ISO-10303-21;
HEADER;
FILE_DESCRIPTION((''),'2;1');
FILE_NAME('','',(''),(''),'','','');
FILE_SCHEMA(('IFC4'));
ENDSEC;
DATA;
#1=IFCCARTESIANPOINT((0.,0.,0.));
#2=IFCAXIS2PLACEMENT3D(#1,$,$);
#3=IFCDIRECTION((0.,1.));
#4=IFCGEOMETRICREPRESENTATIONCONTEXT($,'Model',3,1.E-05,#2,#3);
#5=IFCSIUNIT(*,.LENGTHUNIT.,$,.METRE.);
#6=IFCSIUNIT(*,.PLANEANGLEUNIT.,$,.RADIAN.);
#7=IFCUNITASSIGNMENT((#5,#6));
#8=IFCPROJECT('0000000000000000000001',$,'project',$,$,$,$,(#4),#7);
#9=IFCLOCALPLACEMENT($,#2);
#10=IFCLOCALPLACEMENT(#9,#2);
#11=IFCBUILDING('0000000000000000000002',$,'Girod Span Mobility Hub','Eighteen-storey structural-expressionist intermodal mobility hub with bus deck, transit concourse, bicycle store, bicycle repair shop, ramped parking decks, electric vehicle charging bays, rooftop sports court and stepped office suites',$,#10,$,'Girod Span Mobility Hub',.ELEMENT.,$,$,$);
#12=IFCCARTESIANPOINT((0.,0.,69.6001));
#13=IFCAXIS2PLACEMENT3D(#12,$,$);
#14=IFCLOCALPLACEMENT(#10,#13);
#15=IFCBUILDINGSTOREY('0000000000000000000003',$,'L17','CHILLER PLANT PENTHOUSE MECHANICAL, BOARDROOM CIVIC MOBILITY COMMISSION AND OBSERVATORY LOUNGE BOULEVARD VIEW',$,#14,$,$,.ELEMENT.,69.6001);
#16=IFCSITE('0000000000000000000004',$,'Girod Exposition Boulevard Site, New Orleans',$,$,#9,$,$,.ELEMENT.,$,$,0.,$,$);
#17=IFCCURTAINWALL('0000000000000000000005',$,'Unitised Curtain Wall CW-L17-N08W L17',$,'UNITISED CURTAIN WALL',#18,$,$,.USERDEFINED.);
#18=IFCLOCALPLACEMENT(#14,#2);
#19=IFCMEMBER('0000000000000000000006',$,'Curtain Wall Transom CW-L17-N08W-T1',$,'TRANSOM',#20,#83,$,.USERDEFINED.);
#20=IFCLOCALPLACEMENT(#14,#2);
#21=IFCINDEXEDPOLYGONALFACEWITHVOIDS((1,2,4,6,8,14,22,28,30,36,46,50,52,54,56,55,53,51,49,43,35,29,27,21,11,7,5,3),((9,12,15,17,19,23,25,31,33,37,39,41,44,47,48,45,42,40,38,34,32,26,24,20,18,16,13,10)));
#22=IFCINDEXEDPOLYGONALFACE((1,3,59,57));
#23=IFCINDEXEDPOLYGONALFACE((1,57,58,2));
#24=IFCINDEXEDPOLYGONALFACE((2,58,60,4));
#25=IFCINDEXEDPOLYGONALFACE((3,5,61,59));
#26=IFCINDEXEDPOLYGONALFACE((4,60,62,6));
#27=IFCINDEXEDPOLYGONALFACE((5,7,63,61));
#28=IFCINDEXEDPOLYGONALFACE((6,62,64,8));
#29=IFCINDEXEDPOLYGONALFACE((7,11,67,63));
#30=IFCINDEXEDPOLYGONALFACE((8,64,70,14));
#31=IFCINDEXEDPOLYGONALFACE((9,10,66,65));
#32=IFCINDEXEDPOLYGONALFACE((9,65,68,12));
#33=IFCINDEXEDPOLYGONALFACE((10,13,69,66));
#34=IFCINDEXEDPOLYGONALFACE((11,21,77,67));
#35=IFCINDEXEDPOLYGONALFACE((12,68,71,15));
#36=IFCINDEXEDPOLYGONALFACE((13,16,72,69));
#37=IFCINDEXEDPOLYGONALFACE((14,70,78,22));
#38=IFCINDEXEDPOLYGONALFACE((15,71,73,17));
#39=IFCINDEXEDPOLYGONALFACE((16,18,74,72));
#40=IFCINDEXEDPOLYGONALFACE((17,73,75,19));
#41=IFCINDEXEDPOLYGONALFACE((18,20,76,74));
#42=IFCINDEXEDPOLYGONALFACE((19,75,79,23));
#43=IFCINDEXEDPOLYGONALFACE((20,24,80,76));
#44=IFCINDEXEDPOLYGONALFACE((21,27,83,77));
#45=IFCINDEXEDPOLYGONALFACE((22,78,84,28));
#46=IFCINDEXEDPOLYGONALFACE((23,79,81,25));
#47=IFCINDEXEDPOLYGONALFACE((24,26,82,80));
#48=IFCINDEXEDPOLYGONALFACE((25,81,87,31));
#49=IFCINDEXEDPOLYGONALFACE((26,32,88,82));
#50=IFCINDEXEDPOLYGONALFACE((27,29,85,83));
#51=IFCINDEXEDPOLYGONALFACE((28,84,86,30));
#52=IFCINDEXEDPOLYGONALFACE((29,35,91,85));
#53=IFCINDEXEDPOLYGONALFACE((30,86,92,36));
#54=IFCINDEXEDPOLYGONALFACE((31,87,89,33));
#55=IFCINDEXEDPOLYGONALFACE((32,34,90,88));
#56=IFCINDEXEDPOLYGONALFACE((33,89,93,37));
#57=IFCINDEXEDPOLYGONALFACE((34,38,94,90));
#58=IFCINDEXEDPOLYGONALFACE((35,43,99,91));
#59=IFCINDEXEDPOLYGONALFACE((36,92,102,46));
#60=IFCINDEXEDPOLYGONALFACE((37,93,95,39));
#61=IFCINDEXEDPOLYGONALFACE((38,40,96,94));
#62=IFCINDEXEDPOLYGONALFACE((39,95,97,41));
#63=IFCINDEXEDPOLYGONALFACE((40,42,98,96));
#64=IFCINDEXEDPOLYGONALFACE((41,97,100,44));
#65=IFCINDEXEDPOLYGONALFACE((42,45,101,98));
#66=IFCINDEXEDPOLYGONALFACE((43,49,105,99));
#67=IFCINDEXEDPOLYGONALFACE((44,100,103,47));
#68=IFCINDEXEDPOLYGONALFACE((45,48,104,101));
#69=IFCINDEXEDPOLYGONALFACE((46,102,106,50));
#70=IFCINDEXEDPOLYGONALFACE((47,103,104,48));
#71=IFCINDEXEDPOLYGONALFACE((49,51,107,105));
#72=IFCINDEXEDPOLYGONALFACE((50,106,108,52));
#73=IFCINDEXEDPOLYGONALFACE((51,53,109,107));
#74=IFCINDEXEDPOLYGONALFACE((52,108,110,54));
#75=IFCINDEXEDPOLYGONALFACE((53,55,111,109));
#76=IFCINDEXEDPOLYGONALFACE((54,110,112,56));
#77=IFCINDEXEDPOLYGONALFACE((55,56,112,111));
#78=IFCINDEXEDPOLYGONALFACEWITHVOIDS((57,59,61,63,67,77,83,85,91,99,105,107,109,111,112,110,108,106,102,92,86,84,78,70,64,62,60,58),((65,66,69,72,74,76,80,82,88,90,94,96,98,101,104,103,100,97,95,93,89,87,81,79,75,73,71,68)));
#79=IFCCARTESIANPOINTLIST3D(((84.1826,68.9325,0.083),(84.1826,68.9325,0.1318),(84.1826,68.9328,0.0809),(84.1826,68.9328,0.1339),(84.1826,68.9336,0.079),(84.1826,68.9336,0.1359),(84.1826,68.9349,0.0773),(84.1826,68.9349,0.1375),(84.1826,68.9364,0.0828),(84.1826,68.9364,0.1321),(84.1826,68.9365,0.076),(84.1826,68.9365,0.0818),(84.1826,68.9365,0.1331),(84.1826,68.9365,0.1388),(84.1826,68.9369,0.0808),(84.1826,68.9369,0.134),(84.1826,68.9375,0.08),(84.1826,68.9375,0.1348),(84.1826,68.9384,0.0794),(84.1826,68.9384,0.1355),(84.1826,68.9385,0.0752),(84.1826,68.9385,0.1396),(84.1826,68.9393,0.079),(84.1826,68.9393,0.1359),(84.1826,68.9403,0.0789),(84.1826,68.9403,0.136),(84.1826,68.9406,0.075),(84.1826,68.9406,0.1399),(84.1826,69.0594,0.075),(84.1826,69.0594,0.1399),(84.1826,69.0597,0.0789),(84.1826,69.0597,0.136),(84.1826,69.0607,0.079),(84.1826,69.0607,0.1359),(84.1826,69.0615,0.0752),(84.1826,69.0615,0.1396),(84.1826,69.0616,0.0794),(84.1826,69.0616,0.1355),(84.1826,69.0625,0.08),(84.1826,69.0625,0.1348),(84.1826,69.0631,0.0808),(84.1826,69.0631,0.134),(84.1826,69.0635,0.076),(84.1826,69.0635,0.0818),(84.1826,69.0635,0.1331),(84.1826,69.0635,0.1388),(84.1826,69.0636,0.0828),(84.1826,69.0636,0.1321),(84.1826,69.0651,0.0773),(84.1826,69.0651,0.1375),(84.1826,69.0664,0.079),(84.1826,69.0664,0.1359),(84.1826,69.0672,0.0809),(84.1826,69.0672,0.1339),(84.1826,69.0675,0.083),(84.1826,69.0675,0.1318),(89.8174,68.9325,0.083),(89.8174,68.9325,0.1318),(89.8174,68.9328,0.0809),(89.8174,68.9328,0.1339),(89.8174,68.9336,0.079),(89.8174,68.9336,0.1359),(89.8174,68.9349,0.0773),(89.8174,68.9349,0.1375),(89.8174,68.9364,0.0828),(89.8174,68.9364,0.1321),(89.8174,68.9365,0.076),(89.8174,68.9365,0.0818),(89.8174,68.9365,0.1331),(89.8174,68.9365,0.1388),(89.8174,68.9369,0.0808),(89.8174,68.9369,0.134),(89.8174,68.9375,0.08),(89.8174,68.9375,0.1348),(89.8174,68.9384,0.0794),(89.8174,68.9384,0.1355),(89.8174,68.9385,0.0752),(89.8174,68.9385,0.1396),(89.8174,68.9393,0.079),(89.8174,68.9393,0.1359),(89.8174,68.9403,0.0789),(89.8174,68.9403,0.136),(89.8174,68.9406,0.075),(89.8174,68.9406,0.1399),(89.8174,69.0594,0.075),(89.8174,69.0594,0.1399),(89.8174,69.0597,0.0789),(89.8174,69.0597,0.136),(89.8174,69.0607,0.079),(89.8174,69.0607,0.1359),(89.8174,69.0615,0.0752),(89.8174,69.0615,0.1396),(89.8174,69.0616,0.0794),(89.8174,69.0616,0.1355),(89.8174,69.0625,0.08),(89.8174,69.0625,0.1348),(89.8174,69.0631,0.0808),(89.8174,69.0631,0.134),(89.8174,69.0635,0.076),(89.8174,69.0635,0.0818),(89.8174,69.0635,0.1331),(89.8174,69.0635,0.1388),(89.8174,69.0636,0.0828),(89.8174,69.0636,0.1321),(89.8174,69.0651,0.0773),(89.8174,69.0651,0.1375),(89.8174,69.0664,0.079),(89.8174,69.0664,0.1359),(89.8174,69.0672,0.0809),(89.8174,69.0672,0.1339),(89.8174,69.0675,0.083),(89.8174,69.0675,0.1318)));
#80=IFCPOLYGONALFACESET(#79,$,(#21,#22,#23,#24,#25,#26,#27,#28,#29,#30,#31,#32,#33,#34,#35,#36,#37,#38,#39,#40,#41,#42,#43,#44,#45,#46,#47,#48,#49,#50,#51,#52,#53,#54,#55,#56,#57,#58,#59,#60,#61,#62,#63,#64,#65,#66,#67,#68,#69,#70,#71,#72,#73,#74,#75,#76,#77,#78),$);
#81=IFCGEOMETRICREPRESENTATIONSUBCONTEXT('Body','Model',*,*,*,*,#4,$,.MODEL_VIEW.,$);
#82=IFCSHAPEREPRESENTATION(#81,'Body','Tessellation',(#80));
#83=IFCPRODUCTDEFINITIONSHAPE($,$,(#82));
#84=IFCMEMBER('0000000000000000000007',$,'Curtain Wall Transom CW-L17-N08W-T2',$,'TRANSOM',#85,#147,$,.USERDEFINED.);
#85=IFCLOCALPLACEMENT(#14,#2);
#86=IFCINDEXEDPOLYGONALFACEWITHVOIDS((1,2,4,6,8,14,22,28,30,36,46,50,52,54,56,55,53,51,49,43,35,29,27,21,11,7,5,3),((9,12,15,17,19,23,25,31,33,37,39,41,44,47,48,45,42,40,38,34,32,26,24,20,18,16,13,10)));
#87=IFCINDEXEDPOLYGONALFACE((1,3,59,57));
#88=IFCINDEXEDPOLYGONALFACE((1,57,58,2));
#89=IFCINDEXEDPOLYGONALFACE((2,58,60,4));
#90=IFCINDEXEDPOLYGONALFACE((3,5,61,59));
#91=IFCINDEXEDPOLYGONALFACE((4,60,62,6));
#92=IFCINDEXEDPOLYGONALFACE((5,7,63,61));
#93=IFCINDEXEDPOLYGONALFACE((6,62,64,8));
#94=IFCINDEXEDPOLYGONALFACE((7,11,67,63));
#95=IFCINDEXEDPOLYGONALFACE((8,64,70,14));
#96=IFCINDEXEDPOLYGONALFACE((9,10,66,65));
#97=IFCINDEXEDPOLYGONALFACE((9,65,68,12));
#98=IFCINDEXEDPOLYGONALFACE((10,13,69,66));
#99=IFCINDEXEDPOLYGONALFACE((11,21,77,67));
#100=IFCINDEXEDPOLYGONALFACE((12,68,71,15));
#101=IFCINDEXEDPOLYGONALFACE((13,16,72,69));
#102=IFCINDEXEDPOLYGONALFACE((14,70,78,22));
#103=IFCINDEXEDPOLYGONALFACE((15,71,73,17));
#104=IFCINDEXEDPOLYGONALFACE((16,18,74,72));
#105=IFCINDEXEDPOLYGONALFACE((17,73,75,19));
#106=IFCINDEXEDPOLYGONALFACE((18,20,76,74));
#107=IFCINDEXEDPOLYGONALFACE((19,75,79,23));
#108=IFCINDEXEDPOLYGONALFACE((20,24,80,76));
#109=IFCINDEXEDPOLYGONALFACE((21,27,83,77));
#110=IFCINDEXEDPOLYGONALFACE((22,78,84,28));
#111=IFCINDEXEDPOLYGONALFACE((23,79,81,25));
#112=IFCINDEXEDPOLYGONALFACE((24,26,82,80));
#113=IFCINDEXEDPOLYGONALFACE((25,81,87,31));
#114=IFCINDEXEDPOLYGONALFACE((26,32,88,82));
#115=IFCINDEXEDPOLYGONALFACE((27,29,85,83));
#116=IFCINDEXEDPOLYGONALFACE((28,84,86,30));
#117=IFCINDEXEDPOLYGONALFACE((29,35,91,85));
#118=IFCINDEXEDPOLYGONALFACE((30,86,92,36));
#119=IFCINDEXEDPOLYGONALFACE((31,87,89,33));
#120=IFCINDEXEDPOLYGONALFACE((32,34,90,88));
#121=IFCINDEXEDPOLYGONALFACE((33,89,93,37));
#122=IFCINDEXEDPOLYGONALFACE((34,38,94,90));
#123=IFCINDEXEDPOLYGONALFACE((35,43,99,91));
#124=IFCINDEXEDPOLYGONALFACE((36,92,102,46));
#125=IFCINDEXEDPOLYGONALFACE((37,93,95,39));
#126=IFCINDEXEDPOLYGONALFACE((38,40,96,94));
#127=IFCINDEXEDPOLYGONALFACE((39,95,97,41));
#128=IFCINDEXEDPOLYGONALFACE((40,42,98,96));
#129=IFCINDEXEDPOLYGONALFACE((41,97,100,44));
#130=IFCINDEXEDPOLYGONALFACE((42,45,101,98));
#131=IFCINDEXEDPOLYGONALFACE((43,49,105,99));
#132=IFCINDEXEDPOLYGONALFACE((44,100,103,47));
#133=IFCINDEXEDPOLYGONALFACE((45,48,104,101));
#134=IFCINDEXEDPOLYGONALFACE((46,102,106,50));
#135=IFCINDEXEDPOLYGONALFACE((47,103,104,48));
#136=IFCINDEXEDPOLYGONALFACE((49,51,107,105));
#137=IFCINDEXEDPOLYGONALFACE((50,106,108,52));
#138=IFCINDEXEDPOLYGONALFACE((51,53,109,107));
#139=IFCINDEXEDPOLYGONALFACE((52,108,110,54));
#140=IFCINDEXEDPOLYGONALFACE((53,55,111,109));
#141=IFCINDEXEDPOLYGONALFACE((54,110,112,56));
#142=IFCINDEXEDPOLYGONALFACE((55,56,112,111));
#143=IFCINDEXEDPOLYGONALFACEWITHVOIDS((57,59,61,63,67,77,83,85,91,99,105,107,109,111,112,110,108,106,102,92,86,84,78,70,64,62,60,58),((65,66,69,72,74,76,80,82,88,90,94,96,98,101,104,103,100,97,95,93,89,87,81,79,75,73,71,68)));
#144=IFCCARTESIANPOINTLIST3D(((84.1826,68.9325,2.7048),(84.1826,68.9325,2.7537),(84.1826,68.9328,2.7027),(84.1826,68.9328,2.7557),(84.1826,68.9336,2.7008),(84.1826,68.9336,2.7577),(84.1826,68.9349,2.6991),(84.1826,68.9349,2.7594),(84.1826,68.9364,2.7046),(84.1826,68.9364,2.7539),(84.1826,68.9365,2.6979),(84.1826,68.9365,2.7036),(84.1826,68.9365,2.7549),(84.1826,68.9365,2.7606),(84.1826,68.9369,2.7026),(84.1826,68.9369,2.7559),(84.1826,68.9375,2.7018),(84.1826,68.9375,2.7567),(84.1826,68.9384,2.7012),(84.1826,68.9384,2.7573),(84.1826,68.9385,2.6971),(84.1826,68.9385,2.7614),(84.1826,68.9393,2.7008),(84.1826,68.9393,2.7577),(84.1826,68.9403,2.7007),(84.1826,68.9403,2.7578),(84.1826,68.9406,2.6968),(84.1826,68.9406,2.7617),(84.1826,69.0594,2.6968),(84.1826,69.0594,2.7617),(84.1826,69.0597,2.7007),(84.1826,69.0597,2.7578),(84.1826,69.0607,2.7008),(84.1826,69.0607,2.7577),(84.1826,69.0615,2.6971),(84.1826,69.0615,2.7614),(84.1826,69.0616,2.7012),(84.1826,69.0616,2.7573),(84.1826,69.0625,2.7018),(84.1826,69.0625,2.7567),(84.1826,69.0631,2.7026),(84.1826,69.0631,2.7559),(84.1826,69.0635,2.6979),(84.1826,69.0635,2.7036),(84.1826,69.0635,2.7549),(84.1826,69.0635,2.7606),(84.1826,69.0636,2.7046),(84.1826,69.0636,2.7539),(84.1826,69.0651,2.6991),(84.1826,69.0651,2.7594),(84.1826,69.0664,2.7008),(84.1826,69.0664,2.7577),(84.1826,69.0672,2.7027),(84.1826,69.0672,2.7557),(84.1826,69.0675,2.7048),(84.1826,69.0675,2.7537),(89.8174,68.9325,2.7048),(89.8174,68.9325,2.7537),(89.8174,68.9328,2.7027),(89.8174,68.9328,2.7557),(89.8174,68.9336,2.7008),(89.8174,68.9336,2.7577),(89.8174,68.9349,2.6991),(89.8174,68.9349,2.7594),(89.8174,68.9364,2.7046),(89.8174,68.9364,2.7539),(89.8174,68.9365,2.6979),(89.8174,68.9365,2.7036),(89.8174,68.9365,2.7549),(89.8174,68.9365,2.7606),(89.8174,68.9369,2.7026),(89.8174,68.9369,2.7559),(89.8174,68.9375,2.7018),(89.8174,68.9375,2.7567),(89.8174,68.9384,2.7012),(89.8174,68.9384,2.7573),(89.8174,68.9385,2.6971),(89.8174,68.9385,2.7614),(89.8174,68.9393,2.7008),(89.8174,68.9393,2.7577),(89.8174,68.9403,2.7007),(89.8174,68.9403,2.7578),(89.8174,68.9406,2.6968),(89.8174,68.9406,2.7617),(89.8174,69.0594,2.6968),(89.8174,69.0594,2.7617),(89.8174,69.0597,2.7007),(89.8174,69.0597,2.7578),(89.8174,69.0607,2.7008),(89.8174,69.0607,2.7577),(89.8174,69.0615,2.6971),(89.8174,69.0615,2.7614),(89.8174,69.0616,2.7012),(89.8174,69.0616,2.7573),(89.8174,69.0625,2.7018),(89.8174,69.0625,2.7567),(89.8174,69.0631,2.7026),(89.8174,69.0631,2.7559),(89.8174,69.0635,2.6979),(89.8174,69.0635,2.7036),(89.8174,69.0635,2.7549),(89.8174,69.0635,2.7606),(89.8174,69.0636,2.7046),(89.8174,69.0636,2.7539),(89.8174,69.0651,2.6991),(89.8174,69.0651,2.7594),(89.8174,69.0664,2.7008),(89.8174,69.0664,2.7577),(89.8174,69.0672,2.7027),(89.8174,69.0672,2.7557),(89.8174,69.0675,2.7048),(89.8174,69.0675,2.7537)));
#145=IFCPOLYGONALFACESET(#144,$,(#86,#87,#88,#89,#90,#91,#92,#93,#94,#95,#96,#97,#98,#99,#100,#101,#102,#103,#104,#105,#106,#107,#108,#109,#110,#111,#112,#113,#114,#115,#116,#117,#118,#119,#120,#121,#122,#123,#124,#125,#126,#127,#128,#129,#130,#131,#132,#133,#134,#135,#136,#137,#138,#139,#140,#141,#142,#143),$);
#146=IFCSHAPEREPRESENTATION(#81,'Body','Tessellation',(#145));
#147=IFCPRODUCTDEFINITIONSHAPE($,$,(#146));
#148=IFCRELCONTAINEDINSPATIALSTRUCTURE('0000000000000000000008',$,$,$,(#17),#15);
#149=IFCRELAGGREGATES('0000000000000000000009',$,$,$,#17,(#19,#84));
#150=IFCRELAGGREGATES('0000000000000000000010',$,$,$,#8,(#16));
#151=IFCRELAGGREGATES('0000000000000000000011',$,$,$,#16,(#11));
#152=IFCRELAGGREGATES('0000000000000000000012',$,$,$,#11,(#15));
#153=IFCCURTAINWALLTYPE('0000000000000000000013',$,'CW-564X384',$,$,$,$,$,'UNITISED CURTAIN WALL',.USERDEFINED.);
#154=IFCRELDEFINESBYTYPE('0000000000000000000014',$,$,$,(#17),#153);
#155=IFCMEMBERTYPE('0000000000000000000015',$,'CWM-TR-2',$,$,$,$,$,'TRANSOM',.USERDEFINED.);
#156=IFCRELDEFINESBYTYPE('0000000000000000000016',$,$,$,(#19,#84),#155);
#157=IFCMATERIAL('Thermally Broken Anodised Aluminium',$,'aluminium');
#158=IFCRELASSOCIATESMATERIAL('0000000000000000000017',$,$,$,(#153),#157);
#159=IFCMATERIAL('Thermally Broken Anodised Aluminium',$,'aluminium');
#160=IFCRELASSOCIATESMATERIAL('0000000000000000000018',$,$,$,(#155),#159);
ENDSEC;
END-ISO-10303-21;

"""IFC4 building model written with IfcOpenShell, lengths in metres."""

from ifc_helpers import new_model, si_unit, direction, frame, origin, origin_2d, place, context, subcontext, project, spatial, hollow_rectangle, extrude, material, material_profile, profile_set, type_object, element, aggregate, save


model = new_model("IFC4")

# Units and contexts
model_context = context("Model", 3, precision=1e-05, world=origin(), true_north=direction((0.0, 1.0)))
body_context = subcontext(model_context, "Body", "Model", "MODEL_VIEW")
ifc_project = project(units=[si_unit("LENGTHUNIT", "METRE"), si_unit("PLANEANGLEUNIT", "RADIAN")], contexts=[model_context])

# Site, building, storey
site_placement = place(None, origin())
site = spatial("IfcSite", under=ifc_project, at=site_placement, Name="Girod Exposition Boulevard Site, New Orleans", CompositionType="ELEMENT", RefElevation=0.0)
building_placement = place(site_placement, origin())
building = spatial("IfcBuilding", under=site, at=building_placement, Name="Girod Span Mobility Hub", Description="Eighteen-storey structural-expressionist intermodal mobility hub with bus deck, transit concourse, bicycle store, bicycle repair shop, ramped parking decks, electric vehicle charging bays, rooftop sports court and stepped office suites", LongName="Girod Span Mobility Hub", CompositionType="ELEMENT")
storey_placement = place(building_placement, frame((0.0, 0.0, 69.6001)))
storey = spatial("IfcBuildingStorey", under=building, at=storey_placement, Name="L17", Description="CHILLER PLANT PENTHOUSE MECHANICAL, BOARDROOM CIVIC MOBILITY COMMISSION AND OBSERVATORY LOUNGE BOULEVARD VIEW", CompositionType="ELEMENT", Elevation=69.6001)

# Shared definitions
ifc_material_1 = material(Name="Thermally Broken Anodised Aluminium", Category="aluminium")
curtain_wall_type = type_object("IfcCurtainWallType", Name="CW-564X384", ElementType="UNITISED CURTAIN WALL", PredefinedType="USERDEFINED", material=ifc_material_1)

# Curtain wall
curtain_wall_1_placement = place(storey_placement, origin())
curtain_wall_1 = element("IfcCurtainWall", 1, at=curtain_wall_1_placement, inside=storey, type_object=curtain_wall_type, Name="Unitised Curtain Wall CW-L17-N08W L17", ObjectType="UNITISED CURTAIN WALL", PredefinedType="USERDEFINED")

# Members
ifc_material_2 = material(Name="Thermally Broken Anodised Aluminium", Category="aluminium")
ifc_material_profile_1 = material_profile(ifc_material_2, hollow_rectangle(XDim=0.135, YDim=0.0649, WallThickness=0.0039, InnerFilletRadius=0.0039, OuterFilletRadius=0.0081, at=origin_2d()), Name="CW-TR-65X135")
ifc_profile_set_1 = profile_set([ifc_material_profile_1], Name="Thermally Broken Anodised Aluminium")
member_type_1 = type_object("IfcMemberType", Name="CWM-TR-2", ElementType="TRANSOM", PredefinedType="USERDEFINED", material=ifc_profile_set_1)
member_1_placement = place(storey_placement, frame((84.1826, 69.0, 0.1074), z_axis=(1.0, 0.0, 0.0), x_axis=(0.0, 1.0, 0.0)))
member_1 = element("IfcMember", 2, at=member_1_placement, type_object=member_type_1, Name="Curtain Wall Transom CW-L17-N08W-T1", ObjectType="TRANSOM", PredefinedType="USERDEFINED", context=body_context, shape_type="SweptSolid", body=[
    extrude(hollow_rectangle(XDim=0.135, YDim=0.0649, WallThickness=0.0039, InnerFilletRadius=0.0039, OuterFilletRadius=0.0081, at=origin_2d()), origin(), (0.0, 0.0, 1.0), 5.6348),
])
member_2_placement = place(storey_placement, frame((84.1826, 69.0, 2.7292), z_axis=(1.0, 0.0, 0.0), x_axis=(0.0, 1.0, 0.0)))
member_2 = element("IfcMember", 3, at=member_2_placement, type_object=member_type_1, Name="Curtain Wall Transom CW-L17-N08W-T2", ObjectType="TRANSOM", PredefinedType="USERDEFINED", context=body_context, shape_type="SweptSolid", body=[
    extrude(hollow_rectangle(XDim=0.135, YDim=0.0649, WallThickness=0.0039, InnerFilletRadius=0.0039, OuterFilletRadius=0.0081, at=origin_2d()), origin(), (0.0, 0.0, 1.0), 5.6348),
])

aggregate(curtain_wall_1, [member_1, member_2])

save(model, "model.ifc")
